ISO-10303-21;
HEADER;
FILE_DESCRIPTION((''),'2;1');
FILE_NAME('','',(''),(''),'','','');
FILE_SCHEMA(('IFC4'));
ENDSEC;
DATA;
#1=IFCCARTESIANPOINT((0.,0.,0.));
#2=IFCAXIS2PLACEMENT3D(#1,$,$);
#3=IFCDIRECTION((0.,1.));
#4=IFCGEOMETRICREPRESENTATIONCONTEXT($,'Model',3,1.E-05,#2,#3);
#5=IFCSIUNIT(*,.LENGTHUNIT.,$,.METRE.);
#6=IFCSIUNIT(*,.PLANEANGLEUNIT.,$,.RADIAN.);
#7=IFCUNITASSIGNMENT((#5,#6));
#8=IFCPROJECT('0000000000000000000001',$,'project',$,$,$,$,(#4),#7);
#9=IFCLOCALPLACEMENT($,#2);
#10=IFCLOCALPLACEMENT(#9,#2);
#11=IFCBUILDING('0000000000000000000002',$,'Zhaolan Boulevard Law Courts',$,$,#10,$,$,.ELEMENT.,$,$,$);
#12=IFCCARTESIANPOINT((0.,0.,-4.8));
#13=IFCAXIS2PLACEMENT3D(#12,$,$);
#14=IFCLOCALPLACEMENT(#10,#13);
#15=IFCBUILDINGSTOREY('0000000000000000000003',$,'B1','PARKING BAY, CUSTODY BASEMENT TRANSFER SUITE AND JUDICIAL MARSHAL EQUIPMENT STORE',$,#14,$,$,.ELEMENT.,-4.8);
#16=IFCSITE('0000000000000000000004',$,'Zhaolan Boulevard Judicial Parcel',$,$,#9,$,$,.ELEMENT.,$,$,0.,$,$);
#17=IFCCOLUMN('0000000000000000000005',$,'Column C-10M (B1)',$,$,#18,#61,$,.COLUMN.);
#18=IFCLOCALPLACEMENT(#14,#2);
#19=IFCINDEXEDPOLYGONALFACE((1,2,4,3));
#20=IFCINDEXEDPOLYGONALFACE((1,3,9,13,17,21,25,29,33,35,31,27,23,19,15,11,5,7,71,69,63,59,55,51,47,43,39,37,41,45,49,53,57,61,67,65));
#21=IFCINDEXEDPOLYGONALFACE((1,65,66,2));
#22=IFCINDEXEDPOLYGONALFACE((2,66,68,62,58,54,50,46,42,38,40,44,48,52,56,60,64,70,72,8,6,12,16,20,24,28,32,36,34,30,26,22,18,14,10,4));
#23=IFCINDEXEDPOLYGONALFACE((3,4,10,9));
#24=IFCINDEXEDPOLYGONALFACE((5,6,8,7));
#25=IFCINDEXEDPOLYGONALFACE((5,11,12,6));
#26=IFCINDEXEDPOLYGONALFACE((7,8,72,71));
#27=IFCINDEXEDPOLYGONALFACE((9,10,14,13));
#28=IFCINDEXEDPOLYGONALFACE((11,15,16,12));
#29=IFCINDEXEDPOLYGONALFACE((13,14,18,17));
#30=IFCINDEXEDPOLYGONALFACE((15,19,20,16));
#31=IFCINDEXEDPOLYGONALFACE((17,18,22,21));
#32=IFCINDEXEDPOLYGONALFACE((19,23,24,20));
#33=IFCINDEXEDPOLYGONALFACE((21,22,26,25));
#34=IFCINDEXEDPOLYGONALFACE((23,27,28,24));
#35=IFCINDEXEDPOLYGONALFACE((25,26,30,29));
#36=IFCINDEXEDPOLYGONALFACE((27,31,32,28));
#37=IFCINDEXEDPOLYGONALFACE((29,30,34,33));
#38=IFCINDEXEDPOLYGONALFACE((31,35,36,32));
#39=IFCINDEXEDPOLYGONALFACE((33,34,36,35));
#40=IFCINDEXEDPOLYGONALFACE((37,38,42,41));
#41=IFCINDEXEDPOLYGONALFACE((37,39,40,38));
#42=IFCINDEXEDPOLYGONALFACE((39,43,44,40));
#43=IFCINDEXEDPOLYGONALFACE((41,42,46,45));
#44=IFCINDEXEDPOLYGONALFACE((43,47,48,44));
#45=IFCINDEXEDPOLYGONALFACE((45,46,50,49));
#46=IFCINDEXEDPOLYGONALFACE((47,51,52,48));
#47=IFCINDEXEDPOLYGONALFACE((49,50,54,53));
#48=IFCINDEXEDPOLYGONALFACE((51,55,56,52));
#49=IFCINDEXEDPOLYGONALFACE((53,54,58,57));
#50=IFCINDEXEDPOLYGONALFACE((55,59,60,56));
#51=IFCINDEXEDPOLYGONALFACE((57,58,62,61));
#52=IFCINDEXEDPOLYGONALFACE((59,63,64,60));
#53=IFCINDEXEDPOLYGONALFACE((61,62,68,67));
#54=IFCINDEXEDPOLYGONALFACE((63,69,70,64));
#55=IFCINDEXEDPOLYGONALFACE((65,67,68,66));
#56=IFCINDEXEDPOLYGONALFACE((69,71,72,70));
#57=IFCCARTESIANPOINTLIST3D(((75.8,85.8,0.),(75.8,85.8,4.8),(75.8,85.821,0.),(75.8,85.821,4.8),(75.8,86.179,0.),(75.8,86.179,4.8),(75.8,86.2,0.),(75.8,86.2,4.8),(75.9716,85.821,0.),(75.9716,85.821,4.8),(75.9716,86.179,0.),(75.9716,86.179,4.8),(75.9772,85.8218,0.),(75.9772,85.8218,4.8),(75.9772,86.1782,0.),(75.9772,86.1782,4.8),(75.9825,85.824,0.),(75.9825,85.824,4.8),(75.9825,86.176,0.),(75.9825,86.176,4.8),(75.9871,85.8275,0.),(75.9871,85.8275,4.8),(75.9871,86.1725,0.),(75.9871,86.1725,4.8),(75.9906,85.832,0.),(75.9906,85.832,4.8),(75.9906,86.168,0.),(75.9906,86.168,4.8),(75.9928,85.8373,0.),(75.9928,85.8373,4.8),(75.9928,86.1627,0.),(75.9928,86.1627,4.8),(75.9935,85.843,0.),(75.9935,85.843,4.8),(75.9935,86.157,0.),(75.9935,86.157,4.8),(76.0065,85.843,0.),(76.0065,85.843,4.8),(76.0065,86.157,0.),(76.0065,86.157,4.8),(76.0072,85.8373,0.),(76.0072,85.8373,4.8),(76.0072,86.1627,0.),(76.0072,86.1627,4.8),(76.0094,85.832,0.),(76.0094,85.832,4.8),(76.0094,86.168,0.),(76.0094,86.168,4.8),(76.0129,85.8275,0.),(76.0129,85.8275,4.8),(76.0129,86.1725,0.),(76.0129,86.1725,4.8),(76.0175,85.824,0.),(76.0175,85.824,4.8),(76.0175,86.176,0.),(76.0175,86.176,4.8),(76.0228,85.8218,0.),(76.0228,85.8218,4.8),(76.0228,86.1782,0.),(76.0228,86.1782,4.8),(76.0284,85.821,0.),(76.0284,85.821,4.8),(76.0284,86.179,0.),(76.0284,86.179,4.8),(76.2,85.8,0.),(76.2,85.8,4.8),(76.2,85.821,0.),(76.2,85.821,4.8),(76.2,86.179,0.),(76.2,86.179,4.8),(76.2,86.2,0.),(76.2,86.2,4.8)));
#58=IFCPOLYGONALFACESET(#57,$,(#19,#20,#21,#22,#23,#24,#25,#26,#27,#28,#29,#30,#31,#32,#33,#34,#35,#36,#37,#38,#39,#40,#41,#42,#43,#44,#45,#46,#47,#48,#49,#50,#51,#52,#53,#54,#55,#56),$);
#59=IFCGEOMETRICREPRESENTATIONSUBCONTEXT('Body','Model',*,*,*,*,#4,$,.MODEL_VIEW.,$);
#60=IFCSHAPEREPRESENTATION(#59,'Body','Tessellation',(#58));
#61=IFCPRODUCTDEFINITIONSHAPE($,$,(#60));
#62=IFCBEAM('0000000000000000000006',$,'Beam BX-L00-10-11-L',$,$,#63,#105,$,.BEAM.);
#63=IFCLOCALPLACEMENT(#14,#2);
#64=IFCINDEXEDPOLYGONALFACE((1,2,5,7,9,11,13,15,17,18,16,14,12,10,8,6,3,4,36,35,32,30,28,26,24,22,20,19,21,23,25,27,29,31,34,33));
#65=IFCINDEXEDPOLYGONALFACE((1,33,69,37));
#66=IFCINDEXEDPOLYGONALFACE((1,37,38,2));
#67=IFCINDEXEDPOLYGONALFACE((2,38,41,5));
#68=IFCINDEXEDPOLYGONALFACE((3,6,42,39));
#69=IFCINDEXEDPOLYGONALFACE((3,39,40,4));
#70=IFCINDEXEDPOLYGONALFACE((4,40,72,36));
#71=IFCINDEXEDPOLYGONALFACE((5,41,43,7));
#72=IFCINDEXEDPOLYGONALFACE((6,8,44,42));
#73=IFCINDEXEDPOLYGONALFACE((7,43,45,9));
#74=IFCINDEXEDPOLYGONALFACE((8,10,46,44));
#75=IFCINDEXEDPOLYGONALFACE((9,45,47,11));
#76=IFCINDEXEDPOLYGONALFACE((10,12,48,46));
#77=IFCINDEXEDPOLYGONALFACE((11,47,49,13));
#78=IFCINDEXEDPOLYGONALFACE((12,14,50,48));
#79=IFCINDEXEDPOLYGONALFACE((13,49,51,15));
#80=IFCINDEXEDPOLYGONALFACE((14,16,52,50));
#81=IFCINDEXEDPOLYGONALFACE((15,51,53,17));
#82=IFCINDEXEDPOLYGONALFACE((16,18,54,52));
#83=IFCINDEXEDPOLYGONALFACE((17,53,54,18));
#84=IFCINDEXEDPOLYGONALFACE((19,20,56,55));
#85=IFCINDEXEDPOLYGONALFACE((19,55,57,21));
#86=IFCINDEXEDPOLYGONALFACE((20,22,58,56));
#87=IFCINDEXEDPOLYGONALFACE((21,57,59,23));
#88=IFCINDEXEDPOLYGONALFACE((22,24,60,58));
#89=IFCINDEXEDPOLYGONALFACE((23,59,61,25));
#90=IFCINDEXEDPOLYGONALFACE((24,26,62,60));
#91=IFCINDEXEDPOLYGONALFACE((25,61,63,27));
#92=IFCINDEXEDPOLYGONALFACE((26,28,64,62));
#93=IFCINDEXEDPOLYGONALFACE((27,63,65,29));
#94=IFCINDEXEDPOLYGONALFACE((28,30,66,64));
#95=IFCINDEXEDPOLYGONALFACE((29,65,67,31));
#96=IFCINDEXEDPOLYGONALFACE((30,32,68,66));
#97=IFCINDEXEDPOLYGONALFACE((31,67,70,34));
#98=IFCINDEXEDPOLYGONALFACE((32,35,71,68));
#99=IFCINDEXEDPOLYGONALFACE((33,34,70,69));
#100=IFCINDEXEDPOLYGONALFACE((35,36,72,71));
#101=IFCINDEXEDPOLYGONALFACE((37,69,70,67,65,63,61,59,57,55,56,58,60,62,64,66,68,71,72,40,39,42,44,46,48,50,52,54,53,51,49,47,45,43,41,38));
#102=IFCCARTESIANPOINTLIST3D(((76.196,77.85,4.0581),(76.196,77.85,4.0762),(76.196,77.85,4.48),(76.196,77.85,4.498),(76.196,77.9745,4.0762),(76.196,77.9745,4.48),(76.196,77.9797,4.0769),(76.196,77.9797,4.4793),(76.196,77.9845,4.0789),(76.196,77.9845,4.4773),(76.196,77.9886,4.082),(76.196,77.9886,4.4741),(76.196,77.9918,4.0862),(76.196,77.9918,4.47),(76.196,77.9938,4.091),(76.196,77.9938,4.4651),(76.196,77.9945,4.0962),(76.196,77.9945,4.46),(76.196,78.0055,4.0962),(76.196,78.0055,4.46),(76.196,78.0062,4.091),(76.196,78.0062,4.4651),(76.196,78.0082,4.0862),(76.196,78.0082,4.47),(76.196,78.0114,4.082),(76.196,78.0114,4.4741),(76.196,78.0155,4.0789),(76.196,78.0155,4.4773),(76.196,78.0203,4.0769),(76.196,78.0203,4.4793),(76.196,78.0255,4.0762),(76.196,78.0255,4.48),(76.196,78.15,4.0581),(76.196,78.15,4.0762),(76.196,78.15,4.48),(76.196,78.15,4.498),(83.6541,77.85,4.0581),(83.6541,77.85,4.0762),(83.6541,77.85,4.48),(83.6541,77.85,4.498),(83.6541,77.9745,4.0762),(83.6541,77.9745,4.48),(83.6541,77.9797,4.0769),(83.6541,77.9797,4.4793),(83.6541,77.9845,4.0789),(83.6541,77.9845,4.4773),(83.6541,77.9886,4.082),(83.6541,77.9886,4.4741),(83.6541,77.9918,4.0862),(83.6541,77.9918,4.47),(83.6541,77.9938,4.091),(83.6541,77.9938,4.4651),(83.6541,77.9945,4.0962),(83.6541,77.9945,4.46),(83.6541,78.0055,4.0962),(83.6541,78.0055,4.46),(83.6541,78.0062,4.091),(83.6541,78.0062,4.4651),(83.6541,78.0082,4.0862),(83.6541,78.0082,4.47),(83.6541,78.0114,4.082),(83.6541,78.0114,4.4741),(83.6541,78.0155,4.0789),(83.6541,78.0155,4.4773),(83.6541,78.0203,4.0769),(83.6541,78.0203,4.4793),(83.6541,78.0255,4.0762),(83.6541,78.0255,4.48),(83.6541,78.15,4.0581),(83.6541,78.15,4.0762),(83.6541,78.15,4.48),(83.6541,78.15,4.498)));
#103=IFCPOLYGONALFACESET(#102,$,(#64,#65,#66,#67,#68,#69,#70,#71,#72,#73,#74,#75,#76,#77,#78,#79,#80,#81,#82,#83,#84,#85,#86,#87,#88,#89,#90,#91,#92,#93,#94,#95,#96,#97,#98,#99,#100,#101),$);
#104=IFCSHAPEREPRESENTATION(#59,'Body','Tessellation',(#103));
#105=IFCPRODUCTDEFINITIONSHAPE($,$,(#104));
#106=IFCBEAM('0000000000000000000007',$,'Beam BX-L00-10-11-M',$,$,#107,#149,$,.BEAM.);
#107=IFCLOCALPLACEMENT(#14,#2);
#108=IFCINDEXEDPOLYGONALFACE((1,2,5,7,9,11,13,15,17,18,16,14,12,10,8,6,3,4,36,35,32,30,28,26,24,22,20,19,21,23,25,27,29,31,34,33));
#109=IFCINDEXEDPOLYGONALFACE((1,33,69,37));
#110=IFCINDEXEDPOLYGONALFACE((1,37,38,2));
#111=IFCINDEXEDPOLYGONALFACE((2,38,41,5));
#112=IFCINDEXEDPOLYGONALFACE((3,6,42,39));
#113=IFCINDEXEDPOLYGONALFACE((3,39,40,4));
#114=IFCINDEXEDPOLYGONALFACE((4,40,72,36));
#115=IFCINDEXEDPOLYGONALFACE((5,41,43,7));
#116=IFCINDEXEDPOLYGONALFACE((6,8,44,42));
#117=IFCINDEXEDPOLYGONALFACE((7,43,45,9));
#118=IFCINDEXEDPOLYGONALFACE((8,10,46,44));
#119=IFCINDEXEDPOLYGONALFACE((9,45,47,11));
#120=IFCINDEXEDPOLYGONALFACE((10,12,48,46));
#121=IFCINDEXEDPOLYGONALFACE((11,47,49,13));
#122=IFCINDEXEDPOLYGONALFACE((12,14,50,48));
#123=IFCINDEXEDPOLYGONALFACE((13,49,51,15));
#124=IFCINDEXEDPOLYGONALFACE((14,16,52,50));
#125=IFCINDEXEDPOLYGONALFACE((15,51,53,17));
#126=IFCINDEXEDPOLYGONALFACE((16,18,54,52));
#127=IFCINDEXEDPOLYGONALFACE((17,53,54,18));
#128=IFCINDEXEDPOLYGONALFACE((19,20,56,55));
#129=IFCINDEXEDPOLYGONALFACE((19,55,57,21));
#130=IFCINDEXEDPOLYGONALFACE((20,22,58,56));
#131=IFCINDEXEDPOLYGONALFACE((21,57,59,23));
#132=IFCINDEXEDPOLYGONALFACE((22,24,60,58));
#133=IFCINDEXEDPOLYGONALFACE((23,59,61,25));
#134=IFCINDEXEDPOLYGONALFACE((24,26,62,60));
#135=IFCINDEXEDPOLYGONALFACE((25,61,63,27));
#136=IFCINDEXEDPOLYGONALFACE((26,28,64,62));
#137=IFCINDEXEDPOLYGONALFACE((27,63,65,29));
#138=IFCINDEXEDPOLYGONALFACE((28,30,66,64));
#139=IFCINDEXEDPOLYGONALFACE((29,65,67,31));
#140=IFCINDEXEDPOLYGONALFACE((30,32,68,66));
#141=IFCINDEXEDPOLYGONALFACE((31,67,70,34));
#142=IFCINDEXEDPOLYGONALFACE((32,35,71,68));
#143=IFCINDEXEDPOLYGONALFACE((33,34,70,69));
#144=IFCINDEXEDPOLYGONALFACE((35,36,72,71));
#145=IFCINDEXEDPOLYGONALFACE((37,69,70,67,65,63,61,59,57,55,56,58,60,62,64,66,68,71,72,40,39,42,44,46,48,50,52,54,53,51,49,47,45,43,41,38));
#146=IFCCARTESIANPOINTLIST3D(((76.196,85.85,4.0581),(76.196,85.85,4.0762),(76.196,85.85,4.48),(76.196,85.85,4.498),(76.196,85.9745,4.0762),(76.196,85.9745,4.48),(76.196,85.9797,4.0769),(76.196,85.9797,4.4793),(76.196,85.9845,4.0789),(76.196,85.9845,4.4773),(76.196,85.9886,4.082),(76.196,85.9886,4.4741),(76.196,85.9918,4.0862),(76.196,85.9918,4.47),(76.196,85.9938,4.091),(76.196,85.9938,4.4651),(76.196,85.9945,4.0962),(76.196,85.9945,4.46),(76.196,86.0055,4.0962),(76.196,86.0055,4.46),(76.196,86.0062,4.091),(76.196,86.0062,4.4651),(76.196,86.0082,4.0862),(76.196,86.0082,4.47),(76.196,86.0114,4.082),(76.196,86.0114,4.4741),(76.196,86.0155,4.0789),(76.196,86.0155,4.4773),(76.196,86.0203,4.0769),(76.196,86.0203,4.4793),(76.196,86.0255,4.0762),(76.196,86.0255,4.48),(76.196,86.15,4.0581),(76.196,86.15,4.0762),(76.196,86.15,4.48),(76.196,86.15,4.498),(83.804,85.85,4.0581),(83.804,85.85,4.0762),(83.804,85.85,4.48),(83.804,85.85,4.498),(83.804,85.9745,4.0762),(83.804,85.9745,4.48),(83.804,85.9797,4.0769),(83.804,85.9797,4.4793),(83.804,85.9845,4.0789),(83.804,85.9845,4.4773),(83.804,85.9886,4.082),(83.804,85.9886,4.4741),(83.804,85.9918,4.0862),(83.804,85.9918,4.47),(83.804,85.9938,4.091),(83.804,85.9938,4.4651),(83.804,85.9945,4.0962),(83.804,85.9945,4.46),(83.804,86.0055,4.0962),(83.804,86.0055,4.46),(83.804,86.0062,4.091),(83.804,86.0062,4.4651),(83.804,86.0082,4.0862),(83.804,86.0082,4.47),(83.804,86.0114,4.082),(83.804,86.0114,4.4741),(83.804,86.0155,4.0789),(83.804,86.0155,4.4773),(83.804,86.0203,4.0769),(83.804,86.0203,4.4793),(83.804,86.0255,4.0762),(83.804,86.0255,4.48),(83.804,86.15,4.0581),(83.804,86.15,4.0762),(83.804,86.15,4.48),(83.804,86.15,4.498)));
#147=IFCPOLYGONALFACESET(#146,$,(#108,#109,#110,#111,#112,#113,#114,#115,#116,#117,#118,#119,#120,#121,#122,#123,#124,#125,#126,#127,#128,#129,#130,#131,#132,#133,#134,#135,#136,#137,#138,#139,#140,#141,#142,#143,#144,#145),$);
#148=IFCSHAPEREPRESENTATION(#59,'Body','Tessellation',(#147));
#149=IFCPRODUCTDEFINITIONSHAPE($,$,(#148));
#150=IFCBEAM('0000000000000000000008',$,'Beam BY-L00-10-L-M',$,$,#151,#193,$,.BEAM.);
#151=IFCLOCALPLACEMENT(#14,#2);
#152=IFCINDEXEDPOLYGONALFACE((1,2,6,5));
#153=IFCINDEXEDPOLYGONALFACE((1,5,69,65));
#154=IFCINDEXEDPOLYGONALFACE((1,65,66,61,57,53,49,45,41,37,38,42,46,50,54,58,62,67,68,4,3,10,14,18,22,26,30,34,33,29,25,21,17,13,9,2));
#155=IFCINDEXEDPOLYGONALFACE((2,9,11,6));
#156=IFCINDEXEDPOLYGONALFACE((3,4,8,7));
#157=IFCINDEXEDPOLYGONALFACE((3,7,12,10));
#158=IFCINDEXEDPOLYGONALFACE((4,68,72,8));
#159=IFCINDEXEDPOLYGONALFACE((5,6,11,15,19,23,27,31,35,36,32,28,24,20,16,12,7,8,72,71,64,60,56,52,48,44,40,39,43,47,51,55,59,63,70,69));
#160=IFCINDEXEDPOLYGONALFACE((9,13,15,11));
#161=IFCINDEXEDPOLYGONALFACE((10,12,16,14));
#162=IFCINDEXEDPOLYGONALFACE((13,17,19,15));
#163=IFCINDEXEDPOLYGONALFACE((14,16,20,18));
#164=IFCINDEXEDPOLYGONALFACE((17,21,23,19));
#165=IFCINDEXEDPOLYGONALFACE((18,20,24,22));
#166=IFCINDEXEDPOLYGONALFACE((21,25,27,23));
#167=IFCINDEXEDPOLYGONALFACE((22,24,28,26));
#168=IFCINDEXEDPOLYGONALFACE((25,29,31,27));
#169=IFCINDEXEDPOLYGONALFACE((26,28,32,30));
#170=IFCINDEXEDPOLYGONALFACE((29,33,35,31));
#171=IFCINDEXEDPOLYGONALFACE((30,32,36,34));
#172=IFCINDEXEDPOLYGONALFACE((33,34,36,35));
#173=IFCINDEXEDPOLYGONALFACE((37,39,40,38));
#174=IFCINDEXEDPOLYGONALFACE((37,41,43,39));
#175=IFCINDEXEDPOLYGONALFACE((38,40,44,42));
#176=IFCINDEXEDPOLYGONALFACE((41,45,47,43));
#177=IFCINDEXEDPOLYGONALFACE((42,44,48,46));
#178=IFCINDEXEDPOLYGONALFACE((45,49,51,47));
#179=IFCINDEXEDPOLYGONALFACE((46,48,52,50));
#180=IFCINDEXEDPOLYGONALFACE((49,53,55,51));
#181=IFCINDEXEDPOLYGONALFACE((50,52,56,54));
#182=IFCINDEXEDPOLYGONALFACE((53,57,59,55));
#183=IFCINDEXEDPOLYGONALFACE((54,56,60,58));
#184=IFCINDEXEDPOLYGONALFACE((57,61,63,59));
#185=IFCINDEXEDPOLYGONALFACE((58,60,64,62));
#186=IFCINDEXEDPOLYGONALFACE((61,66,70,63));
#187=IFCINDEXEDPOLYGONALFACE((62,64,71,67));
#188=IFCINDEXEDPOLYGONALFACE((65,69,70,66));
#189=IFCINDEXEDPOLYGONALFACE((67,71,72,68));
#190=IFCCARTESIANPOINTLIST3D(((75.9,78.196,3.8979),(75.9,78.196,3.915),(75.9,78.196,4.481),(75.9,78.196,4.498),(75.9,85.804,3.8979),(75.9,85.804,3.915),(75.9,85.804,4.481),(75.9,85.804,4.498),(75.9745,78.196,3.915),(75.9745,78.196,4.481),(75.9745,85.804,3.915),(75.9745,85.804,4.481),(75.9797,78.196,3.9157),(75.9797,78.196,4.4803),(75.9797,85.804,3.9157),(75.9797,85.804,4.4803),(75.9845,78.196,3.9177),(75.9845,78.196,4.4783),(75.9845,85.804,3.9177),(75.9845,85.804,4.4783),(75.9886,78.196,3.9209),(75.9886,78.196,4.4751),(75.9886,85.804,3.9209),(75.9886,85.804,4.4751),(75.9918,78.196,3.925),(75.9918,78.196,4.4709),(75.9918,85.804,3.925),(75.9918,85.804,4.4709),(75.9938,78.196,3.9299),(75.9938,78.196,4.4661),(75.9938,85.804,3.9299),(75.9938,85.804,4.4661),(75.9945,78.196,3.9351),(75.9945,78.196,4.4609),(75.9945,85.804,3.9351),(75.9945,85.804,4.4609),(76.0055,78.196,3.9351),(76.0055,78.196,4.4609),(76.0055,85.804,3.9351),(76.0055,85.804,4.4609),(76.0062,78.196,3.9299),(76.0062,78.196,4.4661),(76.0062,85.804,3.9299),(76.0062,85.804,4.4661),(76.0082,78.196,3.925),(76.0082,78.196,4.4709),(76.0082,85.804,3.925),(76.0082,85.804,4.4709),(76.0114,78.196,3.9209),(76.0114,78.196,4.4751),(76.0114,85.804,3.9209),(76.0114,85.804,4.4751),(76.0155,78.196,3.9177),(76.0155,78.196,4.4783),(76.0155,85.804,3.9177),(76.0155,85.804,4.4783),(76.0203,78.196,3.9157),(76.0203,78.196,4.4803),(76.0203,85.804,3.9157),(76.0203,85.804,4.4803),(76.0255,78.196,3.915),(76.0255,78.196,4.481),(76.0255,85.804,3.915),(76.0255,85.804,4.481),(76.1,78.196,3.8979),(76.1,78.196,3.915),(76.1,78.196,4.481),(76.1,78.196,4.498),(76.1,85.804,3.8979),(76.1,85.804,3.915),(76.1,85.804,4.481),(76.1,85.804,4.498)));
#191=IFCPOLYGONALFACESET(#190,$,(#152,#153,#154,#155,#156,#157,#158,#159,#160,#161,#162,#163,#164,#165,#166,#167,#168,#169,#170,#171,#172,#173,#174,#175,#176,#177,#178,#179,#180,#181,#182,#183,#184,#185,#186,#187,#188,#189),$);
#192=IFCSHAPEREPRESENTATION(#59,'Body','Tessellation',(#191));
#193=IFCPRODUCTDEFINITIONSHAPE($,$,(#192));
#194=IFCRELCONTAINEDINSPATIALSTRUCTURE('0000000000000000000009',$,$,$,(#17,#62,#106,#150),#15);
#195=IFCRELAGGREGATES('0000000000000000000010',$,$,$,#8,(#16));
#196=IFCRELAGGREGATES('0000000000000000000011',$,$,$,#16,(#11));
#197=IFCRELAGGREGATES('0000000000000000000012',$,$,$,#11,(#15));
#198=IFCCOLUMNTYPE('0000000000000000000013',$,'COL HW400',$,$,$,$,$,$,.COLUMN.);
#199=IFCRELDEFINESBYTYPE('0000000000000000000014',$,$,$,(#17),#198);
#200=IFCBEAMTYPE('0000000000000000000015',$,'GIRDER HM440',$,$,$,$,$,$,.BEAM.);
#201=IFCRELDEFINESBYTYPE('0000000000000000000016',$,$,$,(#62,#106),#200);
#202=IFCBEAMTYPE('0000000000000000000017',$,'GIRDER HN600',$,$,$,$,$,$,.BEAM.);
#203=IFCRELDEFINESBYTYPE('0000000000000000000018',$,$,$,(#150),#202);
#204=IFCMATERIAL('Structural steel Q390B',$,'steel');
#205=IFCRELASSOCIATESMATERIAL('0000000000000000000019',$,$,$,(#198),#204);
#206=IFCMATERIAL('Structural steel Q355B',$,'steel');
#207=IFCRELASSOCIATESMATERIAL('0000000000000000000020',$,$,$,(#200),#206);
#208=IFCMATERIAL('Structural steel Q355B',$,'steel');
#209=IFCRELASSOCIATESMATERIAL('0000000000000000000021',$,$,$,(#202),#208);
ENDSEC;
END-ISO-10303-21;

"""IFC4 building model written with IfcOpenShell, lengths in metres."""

from ifc_helpers import new_model, si_unit, direction, frame, origin, origin_2d, place, context, subcontext, project, spatial, i_section, extrude, material, material_profile, profile_set, type_object, element, save


model = new_model("IFC4")

# Units and contexts
model_context = context("Model", 3, precision=1e-05, world=origin(), true_north=direction((0.0, 1.0)))
body_context = subcontext(model_context, "Body", "Model", "MODEL_VIEW")
ifc_project = project(units=[si_unit("LENGTHUNIT", "METRE"), si_unit("PLANEANGLEUNIT", "RADIAN")], contexts=[model_context])

# Site, building, storey
site_placement = place(None, origin())
site = spatial("IfcSite", under=ifc_project, at=site_placement, Name="Zhaolan Boulevard Judicial Parcel", CompositionType="ELEMENT", RefElevation=0.0)
building_placement = place(site_placement, origin())
building = spatial("IfcBuilding", under=site, at=building_placement, Name="Zhaolan Boulevard Law Courts", CompositionType="ELEMENT")
storey_placement = place(building_placement, frame((0.0, 0.0, -4.8)))
storey = spatial("IfcBuildingStorey", under=building, at=storey_placement, Name="B1", Description="PARKING BAY, CUSTODY BASEMENT TRANSFER SUITE AND JUDICIAL MARSHAL EQUIPMENT STORE", CompositionType="ELEMENT", Elevation=-4.8)

# Column
ifc_material_1 = material(Name="Structural steel Q390B", Category="steel")
ifc_material_profile_1 = material_profile(ifc_material_1, i_section(OverallWidth=0.3999, OverallDepth=0.3999, WebThickness=0.0129, FlangeThickness=0.021, FilletRadius=0.022, at=origin_2d()), Name="HW400x400")
ifc_profile_set_1 = profile_set([ifc_material_profile_1], Name="Structural steel Q390B")
column_type = type_object("IfcColumnType", Name="COL HW400", PredefinedType="COLUMN", material=ifc_profile_set_1)
for number, where, z_axis, x_axis, name in (
    (1, (76.0, 86.0, 0.0), (0.0, 0.0, 1.0), (1.0, 0.0, 0.0), "Column C-10M (B1)"),
):
    element("IfcColumn", number, at=place(storey_placement, frame(where, z_axis=z_axis, x_axis=x_axis)), inside=storey, type_object=column_type, Name=name, PredefinedType="COLUMN", context=body_context, shape_type="SweptSolid", body=[
        extrude(i_section(OverallWidth=0.3999, OverallDepth=0.3999, WebThickness=0.0129, FlangeThickness=0.021, FilletRadius=0.022, at=origin_2d()), origin(), (0.0, 0.0, 1.0), 4.8),
    ])

# Beams
ifc_material_2 = material(Name="Structural steel Q355B", Category="steel")
ifc_material_profile_2 = material_profile(ifc_material_2, i_section(OverallWidth=0.3, OverallDepth=0.4399, WebThickness=0.011, FlangeThickness=0.0181, FilletRadius=0.02, at=origin_2d()), Name="HM440x300")
ifc_profile_set_2 = profile_set([ifc_material_profile_2], Name="Structural steel Q355B")
beam_type_1 = type_object("IfcBeamType", Name="GIRDER HM440", PredefinedType="BEAM", material=ifc_profile_set_2)
beam_1_placement = place(storey_placement, frame((76.196, 78.0, 4.2781), z_axis=(1.0, 0.0, 0.0), x_axis=(0.0, 1.0, 0.0)))
element("IfcBeam", 2, at=beam_1_placement, inside=storey, type_object=beam_type_1, Name="Beam BX-L00-10-11-L", PredefinedType="BEAM", context=body_context, shape_type="SweptSolid", body=[
    extrude(i_section(OverallWidth=0.3, OverallDepth=0.4399, WebThickness=0.011, FlangeThickness=0.0181, FilletRadius=0.02, at=origin_2d()), origin(), (0.0, 0.0, 1.0), 7.458),
])
beam_2_placement = place(storey_placement, frame((76.196, 86.0, 4.2781), z_axis=(1.0, 0.0, 0.0), x_axis=(0.0, 1.0, 0.0)))
element("IfcBeam", 3, at=beam_2_placement, inside=storey, type_object=beam_type_1, Name="Beam BX-L00-10-11-M", PredefinedType="BEAM", context=body_context, shape_type="SweptSolid", body=[
    extrude(i_section(OverallWidth=0.3, OverallDepth=0.4399, WebThickness=0.011, FlangeThickness=0.0181, FilletRadius=0.02, at=origin_2d()), origin(), (0.0, 0.0, 1.0), 7.6079),
])
ifc_material_3 = material(Name="Structural steel Q355B", Category="steel")
ifc_material_profile_3 = material_profile(ifc_material_3, i_section(OverallWidth=0.2, OverallDepth=0.6001, WebThickness=0.011, FlangeThickness=0.0171, FilletRadius=0.02, at=origin_2d()), Name="HN600x200")
ifc_profile_set_3 = profile_set([ifc_material_profile_3], Name="Structural steel Q355B")
beam_type_2 = type_object("IfcBeamType", Name="GIRDER HN600", PredefinedType="BEAM", material=ifc_profile_set_3)
beam_3_placement = place(storey_placement, frame((76.0, 78.196, 4.198), z_axis=(0.0, 1.0, 0.0), x_axis=(-1.0, 0.0, 0.0)))
element("IfcBeam", 4, at=beam_3_placement, inside=storey, type_object=beam_type_2, Name="Beam BY-L00-10-L-M", PredefinedType="BEAM", context=body_context, shape_type="SweptSolid", body=[
    extrude(i_section(OverallWidth=0.2, OverallDepth=0.6001, WebThickness=0.011, FlangeThickness=0.0171, FilletRadius=0.02, at=origin_2d()), origin(), (0.0, 0.0, 1.0), 7.6079),
])

save(model, "model.ifc")
